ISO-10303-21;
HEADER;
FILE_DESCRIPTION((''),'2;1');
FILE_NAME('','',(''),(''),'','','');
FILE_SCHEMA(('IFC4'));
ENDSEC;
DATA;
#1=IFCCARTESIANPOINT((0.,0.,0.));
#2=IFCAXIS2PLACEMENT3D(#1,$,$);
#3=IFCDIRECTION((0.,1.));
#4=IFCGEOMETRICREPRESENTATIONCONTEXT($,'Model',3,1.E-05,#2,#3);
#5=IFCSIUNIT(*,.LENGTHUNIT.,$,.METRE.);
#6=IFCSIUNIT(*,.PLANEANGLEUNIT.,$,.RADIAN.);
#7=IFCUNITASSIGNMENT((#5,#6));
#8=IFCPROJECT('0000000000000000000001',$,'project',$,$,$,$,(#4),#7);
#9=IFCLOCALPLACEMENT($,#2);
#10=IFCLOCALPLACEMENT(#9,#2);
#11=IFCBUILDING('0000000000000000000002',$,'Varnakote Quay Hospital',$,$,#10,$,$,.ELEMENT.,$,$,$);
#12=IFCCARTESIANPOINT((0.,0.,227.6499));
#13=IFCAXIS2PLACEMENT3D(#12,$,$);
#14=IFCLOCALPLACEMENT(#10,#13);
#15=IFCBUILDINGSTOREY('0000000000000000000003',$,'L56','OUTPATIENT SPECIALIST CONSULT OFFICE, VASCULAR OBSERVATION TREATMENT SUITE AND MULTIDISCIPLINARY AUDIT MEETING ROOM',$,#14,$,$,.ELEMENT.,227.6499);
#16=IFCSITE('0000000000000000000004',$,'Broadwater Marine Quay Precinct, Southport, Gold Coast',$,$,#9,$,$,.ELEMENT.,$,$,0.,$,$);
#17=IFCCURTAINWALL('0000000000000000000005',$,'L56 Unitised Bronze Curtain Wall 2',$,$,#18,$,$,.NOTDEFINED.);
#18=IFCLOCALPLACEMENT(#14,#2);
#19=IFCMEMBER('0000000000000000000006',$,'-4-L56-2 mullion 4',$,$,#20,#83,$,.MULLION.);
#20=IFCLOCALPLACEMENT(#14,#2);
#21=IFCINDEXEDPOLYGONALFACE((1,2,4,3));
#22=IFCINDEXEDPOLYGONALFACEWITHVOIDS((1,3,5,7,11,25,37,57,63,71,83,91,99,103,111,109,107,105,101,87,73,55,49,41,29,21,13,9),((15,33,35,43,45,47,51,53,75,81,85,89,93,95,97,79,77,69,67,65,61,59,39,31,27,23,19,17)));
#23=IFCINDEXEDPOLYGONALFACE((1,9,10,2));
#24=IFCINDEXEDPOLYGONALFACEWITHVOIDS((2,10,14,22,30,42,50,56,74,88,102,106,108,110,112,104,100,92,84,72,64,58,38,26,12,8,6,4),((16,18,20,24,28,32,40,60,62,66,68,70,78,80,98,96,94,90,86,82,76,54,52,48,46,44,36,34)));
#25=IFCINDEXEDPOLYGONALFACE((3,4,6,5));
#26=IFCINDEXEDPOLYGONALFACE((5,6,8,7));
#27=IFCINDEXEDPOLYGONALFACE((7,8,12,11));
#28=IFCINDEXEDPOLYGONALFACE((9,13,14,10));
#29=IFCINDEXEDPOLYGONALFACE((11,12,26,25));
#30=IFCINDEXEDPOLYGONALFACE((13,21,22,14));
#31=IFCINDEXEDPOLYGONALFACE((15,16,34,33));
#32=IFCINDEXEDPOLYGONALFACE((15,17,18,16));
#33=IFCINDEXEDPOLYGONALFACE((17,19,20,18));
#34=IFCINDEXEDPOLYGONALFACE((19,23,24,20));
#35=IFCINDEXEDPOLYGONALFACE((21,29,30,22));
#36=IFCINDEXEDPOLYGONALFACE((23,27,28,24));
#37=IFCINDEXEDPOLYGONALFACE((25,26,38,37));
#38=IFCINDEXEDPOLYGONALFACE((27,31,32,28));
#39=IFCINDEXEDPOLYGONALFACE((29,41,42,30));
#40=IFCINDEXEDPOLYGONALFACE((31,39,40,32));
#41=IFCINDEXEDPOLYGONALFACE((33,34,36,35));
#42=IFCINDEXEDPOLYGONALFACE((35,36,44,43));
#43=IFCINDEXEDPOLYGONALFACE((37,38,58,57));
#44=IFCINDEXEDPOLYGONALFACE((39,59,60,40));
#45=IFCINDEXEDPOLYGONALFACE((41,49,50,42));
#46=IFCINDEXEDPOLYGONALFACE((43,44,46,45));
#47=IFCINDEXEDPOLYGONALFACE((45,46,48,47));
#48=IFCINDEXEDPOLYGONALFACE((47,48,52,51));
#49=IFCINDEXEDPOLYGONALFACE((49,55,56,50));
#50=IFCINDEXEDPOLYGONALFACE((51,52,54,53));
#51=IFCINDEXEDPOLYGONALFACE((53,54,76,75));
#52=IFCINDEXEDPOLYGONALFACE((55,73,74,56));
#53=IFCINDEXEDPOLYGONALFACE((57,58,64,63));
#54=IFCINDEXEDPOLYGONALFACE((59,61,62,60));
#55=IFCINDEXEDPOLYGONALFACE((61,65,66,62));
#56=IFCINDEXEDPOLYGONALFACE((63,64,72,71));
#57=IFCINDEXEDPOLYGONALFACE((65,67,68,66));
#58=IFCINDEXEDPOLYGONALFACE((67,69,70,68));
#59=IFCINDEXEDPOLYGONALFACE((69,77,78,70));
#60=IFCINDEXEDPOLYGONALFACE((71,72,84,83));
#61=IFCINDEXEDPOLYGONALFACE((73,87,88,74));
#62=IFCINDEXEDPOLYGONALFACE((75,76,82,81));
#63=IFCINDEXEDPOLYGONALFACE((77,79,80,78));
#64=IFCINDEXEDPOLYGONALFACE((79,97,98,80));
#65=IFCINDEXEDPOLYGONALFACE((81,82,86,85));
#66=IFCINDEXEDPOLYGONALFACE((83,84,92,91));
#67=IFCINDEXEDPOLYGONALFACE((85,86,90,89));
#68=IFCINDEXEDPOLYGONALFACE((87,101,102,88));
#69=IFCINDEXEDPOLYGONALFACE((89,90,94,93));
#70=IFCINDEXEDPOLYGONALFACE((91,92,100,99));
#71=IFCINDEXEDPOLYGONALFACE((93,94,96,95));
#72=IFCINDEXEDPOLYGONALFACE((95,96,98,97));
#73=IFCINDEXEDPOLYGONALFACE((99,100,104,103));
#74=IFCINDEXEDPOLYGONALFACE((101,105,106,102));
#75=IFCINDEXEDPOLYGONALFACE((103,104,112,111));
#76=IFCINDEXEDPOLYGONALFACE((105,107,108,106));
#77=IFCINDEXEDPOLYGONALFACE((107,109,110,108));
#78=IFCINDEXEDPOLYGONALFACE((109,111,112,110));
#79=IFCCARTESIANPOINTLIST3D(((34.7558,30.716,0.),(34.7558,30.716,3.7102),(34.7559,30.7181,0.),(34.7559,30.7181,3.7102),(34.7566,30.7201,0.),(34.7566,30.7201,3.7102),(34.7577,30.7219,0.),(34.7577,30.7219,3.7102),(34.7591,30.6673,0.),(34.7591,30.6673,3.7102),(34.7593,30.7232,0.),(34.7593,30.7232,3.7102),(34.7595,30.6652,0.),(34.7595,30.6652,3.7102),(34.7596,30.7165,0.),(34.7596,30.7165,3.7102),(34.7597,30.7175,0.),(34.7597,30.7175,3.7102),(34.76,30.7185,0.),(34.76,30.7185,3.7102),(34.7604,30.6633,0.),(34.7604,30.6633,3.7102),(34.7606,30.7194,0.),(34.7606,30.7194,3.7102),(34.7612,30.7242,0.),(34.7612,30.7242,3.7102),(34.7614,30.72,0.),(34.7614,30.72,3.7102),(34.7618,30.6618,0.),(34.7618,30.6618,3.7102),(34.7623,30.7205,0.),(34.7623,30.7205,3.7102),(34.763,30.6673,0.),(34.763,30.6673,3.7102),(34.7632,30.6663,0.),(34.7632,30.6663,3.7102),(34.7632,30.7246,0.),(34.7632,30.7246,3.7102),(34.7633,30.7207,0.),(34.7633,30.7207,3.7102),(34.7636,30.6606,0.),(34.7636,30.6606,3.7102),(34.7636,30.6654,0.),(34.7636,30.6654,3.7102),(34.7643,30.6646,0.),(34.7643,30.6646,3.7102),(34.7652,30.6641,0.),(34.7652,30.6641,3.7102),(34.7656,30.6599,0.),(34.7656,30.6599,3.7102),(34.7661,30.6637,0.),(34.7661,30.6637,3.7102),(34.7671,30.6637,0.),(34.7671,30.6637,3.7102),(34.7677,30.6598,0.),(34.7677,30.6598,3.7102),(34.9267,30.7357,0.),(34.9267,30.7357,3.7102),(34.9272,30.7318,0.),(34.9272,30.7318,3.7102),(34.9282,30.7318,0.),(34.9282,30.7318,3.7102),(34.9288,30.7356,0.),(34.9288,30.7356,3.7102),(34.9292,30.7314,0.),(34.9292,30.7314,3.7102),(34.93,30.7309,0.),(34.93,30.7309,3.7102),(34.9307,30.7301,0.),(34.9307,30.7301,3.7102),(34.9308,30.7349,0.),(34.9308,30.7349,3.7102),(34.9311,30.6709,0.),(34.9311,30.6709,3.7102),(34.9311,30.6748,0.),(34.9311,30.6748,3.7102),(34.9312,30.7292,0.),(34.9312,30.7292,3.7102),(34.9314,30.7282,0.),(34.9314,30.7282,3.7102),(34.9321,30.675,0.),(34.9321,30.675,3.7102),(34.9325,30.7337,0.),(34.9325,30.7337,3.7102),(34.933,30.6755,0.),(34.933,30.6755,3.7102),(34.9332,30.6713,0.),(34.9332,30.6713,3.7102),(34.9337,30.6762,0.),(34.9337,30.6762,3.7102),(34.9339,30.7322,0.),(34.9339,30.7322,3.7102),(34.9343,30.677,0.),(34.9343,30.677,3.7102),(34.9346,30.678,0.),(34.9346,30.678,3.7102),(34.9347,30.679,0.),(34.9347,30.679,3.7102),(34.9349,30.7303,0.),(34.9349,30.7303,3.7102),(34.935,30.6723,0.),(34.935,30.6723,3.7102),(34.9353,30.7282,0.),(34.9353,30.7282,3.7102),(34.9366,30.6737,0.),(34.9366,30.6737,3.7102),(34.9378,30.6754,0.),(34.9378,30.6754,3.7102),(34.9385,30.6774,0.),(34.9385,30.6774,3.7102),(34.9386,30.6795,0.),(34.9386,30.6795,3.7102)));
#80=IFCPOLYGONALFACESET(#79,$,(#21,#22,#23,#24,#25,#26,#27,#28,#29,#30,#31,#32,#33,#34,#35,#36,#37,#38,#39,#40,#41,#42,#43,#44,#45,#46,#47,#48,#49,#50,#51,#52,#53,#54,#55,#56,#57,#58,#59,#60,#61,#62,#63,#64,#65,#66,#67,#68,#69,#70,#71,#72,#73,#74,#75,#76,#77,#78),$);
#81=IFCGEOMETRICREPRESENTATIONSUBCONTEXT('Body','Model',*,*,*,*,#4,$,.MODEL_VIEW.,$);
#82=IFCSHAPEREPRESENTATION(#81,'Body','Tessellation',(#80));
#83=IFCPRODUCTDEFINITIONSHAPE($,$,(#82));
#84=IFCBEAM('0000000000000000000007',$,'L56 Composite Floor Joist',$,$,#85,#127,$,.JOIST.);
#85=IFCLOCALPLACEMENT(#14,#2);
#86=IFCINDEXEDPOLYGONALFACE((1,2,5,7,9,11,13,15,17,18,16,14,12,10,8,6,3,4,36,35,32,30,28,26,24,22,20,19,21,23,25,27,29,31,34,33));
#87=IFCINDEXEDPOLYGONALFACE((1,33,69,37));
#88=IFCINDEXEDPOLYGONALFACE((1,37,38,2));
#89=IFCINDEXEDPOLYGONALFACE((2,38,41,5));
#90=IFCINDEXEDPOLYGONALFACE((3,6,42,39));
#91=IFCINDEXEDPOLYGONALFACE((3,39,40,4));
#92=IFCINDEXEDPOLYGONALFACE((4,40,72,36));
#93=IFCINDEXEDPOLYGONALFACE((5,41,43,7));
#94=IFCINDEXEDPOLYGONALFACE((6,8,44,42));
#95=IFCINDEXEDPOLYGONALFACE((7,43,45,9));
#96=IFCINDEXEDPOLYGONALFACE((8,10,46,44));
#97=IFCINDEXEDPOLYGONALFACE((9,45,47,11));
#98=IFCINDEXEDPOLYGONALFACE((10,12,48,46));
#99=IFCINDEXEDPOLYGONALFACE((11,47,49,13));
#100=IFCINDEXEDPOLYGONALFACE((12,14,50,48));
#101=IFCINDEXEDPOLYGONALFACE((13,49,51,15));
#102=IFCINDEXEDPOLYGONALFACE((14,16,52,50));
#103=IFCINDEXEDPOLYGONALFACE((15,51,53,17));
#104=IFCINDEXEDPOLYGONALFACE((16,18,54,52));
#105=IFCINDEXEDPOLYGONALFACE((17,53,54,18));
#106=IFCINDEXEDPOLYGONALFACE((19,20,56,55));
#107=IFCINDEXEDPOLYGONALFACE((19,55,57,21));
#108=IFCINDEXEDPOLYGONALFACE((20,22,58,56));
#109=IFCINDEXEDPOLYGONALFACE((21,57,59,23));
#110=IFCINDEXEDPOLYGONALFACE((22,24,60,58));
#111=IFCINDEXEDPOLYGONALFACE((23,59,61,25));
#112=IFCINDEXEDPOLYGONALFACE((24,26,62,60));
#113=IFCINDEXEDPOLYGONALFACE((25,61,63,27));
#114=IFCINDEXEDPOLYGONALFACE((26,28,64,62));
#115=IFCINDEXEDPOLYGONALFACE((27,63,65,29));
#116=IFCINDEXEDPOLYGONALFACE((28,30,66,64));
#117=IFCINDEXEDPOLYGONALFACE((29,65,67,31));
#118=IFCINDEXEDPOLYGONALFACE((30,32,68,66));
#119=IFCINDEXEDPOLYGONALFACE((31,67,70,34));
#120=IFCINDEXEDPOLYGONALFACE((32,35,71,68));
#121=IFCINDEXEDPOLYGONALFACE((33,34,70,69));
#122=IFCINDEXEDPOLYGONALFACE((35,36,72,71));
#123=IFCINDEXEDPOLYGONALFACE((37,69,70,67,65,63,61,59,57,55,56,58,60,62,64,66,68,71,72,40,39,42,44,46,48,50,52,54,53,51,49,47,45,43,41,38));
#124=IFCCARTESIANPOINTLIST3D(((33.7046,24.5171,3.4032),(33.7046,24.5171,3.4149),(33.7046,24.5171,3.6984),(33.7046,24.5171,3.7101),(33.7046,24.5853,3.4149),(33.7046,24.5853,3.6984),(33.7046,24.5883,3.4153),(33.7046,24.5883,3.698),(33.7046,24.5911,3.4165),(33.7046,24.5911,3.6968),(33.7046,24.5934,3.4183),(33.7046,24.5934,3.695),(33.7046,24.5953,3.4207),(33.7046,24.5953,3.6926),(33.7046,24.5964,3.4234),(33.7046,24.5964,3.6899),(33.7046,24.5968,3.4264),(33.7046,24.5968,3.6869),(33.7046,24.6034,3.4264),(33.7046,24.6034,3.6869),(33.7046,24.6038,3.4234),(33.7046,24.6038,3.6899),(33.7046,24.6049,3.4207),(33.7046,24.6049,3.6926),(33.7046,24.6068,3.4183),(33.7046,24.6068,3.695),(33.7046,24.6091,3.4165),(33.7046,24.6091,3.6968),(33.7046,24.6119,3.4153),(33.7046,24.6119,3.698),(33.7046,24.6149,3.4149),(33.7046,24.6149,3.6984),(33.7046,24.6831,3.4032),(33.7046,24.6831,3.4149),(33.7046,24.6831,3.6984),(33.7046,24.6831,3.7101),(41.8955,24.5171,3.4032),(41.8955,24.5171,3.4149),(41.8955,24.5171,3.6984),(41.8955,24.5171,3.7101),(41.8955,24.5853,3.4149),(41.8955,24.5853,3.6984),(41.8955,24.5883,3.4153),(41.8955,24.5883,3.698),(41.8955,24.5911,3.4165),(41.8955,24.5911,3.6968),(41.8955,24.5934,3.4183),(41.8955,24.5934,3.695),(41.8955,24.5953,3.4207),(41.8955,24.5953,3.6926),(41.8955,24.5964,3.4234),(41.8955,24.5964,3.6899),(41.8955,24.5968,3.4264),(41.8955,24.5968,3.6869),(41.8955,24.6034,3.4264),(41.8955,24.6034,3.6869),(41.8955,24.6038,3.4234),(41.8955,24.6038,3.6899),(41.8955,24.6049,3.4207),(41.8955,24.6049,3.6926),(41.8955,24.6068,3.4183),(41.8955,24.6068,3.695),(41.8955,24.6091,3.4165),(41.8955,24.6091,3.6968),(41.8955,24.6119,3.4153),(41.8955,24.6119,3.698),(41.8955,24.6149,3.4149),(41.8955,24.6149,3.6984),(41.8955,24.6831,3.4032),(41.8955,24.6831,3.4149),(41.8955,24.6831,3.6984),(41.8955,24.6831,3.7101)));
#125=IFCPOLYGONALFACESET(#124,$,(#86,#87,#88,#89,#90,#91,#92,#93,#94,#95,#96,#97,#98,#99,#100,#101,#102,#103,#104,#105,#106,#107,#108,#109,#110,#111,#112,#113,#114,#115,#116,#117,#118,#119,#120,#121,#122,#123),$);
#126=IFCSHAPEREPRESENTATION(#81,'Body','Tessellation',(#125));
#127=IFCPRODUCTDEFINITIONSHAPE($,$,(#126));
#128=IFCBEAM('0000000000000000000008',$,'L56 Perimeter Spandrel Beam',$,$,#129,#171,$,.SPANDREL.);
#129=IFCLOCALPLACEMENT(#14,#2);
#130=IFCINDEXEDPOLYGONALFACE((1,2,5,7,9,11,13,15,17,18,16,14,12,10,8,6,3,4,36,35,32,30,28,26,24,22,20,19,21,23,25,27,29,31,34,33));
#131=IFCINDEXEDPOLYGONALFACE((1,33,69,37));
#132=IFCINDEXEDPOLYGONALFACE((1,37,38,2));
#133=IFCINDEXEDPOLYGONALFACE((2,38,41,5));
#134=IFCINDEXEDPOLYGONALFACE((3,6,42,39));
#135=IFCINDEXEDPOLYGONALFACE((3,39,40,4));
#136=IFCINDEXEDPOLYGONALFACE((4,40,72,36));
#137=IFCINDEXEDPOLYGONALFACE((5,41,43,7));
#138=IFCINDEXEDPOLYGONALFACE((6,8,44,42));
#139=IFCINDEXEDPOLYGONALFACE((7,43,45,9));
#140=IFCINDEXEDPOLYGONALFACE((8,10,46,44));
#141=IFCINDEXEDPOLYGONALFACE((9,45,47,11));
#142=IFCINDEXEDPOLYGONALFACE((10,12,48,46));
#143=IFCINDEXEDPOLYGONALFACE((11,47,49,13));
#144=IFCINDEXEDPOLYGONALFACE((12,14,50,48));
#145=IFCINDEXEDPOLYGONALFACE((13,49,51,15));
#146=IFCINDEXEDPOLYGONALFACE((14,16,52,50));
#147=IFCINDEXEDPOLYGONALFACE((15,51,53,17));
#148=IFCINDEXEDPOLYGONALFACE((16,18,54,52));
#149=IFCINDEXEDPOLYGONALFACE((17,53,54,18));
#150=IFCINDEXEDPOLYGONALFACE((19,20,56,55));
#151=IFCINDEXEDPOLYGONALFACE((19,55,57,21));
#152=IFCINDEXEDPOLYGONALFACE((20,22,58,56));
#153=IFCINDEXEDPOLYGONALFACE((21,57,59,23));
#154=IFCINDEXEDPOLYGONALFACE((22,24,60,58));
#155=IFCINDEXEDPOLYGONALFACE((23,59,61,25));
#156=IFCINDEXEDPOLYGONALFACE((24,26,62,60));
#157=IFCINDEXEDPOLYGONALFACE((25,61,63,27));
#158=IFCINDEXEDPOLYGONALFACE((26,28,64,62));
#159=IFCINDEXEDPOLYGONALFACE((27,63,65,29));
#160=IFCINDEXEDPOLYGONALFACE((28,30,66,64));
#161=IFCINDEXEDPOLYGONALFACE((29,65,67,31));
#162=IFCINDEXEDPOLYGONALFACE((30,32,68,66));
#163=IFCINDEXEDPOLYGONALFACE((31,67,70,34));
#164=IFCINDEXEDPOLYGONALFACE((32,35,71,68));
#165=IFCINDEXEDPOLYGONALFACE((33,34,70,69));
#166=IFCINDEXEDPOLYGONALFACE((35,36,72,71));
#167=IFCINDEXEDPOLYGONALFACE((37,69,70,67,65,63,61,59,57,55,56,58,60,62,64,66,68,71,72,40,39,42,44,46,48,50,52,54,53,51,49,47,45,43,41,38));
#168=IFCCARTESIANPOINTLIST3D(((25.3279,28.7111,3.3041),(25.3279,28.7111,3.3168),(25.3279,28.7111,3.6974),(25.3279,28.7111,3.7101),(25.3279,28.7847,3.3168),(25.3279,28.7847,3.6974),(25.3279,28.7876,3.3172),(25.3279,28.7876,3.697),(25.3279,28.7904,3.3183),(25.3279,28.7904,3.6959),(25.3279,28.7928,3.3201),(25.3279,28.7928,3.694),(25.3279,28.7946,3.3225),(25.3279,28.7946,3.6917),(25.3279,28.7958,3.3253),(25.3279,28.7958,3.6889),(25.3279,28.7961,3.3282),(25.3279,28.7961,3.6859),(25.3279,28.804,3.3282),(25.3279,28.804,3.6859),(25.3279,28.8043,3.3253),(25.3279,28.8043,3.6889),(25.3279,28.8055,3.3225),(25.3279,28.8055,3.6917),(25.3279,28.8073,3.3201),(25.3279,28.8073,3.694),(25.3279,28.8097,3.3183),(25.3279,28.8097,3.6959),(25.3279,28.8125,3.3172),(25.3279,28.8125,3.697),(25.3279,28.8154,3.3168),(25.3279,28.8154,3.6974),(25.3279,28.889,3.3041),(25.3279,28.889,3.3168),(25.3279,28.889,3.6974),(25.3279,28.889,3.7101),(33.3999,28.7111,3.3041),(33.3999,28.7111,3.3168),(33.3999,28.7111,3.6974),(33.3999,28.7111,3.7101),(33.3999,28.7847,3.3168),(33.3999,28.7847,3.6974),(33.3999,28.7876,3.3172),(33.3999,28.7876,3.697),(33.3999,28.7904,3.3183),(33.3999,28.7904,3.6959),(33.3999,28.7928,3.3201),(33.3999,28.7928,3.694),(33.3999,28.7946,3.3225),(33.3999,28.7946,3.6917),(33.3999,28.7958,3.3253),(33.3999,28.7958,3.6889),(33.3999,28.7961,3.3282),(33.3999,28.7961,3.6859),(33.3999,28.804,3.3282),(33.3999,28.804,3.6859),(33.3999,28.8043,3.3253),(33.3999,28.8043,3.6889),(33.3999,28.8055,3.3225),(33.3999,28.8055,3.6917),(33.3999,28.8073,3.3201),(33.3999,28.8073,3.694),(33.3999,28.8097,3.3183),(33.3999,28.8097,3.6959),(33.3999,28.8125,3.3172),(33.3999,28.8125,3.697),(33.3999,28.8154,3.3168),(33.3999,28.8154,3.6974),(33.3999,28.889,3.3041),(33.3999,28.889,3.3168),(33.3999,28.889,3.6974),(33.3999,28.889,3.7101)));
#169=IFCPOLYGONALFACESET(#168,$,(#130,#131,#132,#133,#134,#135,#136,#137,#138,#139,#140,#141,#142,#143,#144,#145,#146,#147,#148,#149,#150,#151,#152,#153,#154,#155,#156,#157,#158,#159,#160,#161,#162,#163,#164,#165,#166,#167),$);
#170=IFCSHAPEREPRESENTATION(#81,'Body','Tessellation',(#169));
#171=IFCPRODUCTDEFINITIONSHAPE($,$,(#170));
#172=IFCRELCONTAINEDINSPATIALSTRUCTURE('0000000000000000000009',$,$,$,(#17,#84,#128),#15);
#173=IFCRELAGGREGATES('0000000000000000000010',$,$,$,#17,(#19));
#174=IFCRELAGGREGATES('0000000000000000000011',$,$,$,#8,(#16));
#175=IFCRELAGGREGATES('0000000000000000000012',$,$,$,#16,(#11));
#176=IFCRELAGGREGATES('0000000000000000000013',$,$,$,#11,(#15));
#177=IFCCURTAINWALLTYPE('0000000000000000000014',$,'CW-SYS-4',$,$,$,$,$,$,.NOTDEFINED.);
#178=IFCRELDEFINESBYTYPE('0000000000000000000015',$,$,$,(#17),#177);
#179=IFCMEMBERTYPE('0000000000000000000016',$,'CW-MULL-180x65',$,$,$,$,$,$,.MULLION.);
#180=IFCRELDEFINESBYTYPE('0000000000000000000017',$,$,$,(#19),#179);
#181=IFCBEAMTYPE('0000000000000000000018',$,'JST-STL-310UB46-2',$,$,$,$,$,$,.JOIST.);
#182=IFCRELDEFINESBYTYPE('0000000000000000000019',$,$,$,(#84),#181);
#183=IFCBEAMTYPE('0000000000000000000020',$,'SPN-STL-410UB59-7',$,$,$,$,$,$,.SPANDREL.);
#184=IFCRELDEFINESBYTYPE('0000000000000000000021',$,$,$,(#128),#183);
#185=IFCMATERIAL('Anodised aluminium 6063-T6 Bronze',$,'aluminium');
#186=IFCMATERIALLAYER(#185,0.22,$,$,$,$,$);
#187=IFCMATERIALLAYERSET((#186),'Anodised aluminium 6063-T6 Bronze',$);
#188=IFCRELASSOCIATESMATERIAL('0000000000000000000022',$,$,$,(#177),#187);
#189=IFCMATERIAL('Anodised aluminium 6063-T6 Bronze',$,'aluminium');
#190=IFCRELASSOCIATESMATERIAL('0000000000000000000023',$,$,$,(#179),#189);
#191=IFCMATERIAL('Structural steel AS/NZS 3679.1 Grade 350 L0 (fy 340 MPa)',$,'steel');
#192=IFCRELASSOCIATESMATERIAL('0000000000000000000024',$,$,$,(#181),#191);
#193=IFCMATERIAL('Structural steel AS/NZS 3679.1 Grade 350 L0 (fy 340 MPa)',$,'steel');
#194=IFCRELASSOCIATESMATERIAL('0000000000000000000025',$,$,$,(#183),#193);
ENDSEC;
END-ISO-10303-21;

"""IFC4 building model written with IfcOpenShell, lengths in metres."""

from ifc_helpers import new_model, si_unit, direction, frame, origin, origin_2d, place, context, subcontext, project, spatial, hollow_rectangle, i_section, extrude, material, layer, layer_set, material_profile, profile_set, type_object, element, aggregate, save


model = new_model("IFC4")

# Units and contexts
model_context = context("Model", 3, precision=1e-05, world=origin(), true_north=direction((0.0, 1.0)))
body_context = subcontext(model_context, "Body", "Model", "MODEL_VIEW")
ifc_project = project(units=[si_unit("LENGTHUNIT", "METRE"), si_unit("PLANEANGLEUNIT", "RADIAN")], contexts=[model_context])

# Site, building, storey
site_placement = place(None, origin())
site = spatial("IfcSite", under=ifc_project, at=site_placement, Name="Broadwater Marine Quay Precinct, Southport, Gold Coast", CompositionType="ELEMENT", RefElevation=0.0)
building_placement = place(site_placement, origin())
building = spatial("IfcBuilding", under=site, at=building_placement, Name="Varnakote Quay Hospital", CompositionType="ELEMENT")
storey_placement = place(building_placement, frame((0.0, 0.0, 227.6499)))
storey = spatial("IfcBuildingStorey", under=building, at=storey_placement, Name="L56", Description="OUTPATIENT SPECIALIST CONSULT OFFICE, VASCULAR OBSERVATION TREATMENT SUITE AND MULTIDISCIPLINARY AUDIT MEETING ROOM", CompositionType="ELEMENT", Elevation=227.6499)

# Curtain wall, member
ifc_material_1 = material(Name="Anodised aluminium 6063-T6 Bronze", Category="aluminium")
ifc_layer_1 = layer(ifc_material_1, 0.22)
ifc_layer_set_1 = layer_set([ifc_layer_1], Name="Anodised aluminium 6063-T6 Bronze")
curtain_wall_type = type_object("IfcCurtainWallType", Name="CW-SYS-4", PredefinedType="NOTDEFINED", material=ifc_layer_set_1)
curtain_wall_placement = place(storey_placement, origin())
curtain_wall = element("IfcCurtainWall", 1, at=curtain_wall_placement, inside=storey, type_object=curtain_wall_type, Name="L56 Unitised Bronze Curtain Wall 2", PredefinedType="NOTDEFINED")
ifc_material_2 = material(Name="Anodised aluminium 6063-T6 Bronze", Category="aluminium")
ifc_material_profile_1 = material_profile(ifc_material_2, hollow_rectangle(XDim=0.0649, YDim=0.1799, WallThickness=0.0039, InnerFilletRadius=0.0039, OuterFilletRadius=0.0081, at=origin_2d()), Name="CW-MULL-180x65")
ifc_profile_set_1 = profile_set([ifc_material_profile_1], Name="Anodised aluminium 6063-T6 Bronze")
member_type = type_object("IfcMemberType", Name="CW-MULL-180x65", PredefinedType="MULLION", material=ifc_profile_set_1)
member_placement = place(storey_placement, frame((34.8472, 30.6978, 0.0), z_axis=(0.0, 0.0, 1.0), x_axis=(0.067842, -0.997696, 0.0)))
member = element("IfcMember", 2, at=member_placement, type_object=member_type, Name="-4-L56-2 mullion 4", PredefinedType="MULLION", context=body_context, shape_type="SweptSolid", body=[
    extrude(hollow_rectangle(XDim=0.0649, YDim=0.1799, WallThickness=0.0039, InnerFilletRadius=0.0039, OuterFilletRadius=0.0081, at=origin_2d()), origin(), (0.0, 0.0, 1.0), 3.7102),
])

# Beams
ifc_material_3 = material(Name="Structural steel AS/NZS 3679.1 Grade 350 L0 (fy 340 MPa)", Category="steel")
ifc_material_profile_2 = material_profile(ifc_material_3, i_section(OverallWidth=0.166, OverallDepth=0.3069, WebThickness=0.0066, FlangeThickness=0.0117, FilletRadius=0.0115, at=origin_2d()), Name="310UB46.2")
ifc_profile_set_2 = profile_set([ifc_material_profile_2], Name="Structural steel AS/NZS 3679.1 Grade 350 L0 (fy 340 MPa)")
beam_type_1 = type_object("IfcBeamType", Name="JST-STL-310UB46-2", PredefinedType="JOIST", material=ifc_profile_set_2)
beam_1_placement = place(storey_placement, frame((33.7046, 24.6001, 3.5566), z_axis=(1.0, 0.0, 0.0), x_axis=(0.0, 1.0, 0.0)))
element("IfcBeam", 3, at=beam_1_placement, inside=storey, type_object=beam_type_1, Name="L56 Composite Floor Joist", PredefinedType="JOIST", context=body_context, shape_type="SweptSolid", body=[
    extrude(i_section(OverallWidth=0.166, OverallDepth=0.3069, WebThickness=0.0066, FlangeThickness=0.0117, FilletRadius=0.0115, at=origin_2d()), origin(), (0.0, 0.0, 1.0), 8.1909),
])
ifc_material_4 = material(Name="Structural steel AS/NZS 3679.1 Grade 350 L0 (fy 340 MPa)", Category="steel")
ifc_material_profile_3 = material_profile(ifc_material_4, i_section(OverallWidth=0.178, OverallDepth=0.406, WebThickness=0.0078, FlangeThickness=0.0127, FilletRadius=0.0115, at=origin_2d()), Name="410UB59.7")
ifc_profile_set_3 = profile_set([ifc_material_profile_3], Name="Structural steel AS/NZS 3679.1 Grade 350 L0 (fy 340 MPa)")
beam_type_2 = type_object("IfcBeamType", Name="SPN-STL-410UB59-7", PredefinedType="SPANDREL", material=ifc_profile_set_3)
for number, where, z_axis, x_axis, name in (
    (4, (25.3279, 28.8, 3.5071), (1.0, 0.0, 0.0), (0.0, 1.0, 0.0), "L56 Perimeter Spandrel Beam"),
):
    element("IfcBeam", number, at=place(storey_placement, frame(where, z_axis=z_axis, x_axis=x_axis)), inside=storey, type_object=beam_type_2, Name=name, PredefinedType="SPANDREL", context=body_context, shape_type="SweptSolid", body=[
        extrude(i_section(OverallWidth=0.178, OverallDepth=0.406, WebThickness=0.0078, FlangeThickness=0.0127, FilletRadius=0.0115, at=origin_2d()), origin(), (0.0, 0.0, 1.0), 8.072),
    ])

aggregate(curtain_wall, [member])

save(model, "model.ifc")
